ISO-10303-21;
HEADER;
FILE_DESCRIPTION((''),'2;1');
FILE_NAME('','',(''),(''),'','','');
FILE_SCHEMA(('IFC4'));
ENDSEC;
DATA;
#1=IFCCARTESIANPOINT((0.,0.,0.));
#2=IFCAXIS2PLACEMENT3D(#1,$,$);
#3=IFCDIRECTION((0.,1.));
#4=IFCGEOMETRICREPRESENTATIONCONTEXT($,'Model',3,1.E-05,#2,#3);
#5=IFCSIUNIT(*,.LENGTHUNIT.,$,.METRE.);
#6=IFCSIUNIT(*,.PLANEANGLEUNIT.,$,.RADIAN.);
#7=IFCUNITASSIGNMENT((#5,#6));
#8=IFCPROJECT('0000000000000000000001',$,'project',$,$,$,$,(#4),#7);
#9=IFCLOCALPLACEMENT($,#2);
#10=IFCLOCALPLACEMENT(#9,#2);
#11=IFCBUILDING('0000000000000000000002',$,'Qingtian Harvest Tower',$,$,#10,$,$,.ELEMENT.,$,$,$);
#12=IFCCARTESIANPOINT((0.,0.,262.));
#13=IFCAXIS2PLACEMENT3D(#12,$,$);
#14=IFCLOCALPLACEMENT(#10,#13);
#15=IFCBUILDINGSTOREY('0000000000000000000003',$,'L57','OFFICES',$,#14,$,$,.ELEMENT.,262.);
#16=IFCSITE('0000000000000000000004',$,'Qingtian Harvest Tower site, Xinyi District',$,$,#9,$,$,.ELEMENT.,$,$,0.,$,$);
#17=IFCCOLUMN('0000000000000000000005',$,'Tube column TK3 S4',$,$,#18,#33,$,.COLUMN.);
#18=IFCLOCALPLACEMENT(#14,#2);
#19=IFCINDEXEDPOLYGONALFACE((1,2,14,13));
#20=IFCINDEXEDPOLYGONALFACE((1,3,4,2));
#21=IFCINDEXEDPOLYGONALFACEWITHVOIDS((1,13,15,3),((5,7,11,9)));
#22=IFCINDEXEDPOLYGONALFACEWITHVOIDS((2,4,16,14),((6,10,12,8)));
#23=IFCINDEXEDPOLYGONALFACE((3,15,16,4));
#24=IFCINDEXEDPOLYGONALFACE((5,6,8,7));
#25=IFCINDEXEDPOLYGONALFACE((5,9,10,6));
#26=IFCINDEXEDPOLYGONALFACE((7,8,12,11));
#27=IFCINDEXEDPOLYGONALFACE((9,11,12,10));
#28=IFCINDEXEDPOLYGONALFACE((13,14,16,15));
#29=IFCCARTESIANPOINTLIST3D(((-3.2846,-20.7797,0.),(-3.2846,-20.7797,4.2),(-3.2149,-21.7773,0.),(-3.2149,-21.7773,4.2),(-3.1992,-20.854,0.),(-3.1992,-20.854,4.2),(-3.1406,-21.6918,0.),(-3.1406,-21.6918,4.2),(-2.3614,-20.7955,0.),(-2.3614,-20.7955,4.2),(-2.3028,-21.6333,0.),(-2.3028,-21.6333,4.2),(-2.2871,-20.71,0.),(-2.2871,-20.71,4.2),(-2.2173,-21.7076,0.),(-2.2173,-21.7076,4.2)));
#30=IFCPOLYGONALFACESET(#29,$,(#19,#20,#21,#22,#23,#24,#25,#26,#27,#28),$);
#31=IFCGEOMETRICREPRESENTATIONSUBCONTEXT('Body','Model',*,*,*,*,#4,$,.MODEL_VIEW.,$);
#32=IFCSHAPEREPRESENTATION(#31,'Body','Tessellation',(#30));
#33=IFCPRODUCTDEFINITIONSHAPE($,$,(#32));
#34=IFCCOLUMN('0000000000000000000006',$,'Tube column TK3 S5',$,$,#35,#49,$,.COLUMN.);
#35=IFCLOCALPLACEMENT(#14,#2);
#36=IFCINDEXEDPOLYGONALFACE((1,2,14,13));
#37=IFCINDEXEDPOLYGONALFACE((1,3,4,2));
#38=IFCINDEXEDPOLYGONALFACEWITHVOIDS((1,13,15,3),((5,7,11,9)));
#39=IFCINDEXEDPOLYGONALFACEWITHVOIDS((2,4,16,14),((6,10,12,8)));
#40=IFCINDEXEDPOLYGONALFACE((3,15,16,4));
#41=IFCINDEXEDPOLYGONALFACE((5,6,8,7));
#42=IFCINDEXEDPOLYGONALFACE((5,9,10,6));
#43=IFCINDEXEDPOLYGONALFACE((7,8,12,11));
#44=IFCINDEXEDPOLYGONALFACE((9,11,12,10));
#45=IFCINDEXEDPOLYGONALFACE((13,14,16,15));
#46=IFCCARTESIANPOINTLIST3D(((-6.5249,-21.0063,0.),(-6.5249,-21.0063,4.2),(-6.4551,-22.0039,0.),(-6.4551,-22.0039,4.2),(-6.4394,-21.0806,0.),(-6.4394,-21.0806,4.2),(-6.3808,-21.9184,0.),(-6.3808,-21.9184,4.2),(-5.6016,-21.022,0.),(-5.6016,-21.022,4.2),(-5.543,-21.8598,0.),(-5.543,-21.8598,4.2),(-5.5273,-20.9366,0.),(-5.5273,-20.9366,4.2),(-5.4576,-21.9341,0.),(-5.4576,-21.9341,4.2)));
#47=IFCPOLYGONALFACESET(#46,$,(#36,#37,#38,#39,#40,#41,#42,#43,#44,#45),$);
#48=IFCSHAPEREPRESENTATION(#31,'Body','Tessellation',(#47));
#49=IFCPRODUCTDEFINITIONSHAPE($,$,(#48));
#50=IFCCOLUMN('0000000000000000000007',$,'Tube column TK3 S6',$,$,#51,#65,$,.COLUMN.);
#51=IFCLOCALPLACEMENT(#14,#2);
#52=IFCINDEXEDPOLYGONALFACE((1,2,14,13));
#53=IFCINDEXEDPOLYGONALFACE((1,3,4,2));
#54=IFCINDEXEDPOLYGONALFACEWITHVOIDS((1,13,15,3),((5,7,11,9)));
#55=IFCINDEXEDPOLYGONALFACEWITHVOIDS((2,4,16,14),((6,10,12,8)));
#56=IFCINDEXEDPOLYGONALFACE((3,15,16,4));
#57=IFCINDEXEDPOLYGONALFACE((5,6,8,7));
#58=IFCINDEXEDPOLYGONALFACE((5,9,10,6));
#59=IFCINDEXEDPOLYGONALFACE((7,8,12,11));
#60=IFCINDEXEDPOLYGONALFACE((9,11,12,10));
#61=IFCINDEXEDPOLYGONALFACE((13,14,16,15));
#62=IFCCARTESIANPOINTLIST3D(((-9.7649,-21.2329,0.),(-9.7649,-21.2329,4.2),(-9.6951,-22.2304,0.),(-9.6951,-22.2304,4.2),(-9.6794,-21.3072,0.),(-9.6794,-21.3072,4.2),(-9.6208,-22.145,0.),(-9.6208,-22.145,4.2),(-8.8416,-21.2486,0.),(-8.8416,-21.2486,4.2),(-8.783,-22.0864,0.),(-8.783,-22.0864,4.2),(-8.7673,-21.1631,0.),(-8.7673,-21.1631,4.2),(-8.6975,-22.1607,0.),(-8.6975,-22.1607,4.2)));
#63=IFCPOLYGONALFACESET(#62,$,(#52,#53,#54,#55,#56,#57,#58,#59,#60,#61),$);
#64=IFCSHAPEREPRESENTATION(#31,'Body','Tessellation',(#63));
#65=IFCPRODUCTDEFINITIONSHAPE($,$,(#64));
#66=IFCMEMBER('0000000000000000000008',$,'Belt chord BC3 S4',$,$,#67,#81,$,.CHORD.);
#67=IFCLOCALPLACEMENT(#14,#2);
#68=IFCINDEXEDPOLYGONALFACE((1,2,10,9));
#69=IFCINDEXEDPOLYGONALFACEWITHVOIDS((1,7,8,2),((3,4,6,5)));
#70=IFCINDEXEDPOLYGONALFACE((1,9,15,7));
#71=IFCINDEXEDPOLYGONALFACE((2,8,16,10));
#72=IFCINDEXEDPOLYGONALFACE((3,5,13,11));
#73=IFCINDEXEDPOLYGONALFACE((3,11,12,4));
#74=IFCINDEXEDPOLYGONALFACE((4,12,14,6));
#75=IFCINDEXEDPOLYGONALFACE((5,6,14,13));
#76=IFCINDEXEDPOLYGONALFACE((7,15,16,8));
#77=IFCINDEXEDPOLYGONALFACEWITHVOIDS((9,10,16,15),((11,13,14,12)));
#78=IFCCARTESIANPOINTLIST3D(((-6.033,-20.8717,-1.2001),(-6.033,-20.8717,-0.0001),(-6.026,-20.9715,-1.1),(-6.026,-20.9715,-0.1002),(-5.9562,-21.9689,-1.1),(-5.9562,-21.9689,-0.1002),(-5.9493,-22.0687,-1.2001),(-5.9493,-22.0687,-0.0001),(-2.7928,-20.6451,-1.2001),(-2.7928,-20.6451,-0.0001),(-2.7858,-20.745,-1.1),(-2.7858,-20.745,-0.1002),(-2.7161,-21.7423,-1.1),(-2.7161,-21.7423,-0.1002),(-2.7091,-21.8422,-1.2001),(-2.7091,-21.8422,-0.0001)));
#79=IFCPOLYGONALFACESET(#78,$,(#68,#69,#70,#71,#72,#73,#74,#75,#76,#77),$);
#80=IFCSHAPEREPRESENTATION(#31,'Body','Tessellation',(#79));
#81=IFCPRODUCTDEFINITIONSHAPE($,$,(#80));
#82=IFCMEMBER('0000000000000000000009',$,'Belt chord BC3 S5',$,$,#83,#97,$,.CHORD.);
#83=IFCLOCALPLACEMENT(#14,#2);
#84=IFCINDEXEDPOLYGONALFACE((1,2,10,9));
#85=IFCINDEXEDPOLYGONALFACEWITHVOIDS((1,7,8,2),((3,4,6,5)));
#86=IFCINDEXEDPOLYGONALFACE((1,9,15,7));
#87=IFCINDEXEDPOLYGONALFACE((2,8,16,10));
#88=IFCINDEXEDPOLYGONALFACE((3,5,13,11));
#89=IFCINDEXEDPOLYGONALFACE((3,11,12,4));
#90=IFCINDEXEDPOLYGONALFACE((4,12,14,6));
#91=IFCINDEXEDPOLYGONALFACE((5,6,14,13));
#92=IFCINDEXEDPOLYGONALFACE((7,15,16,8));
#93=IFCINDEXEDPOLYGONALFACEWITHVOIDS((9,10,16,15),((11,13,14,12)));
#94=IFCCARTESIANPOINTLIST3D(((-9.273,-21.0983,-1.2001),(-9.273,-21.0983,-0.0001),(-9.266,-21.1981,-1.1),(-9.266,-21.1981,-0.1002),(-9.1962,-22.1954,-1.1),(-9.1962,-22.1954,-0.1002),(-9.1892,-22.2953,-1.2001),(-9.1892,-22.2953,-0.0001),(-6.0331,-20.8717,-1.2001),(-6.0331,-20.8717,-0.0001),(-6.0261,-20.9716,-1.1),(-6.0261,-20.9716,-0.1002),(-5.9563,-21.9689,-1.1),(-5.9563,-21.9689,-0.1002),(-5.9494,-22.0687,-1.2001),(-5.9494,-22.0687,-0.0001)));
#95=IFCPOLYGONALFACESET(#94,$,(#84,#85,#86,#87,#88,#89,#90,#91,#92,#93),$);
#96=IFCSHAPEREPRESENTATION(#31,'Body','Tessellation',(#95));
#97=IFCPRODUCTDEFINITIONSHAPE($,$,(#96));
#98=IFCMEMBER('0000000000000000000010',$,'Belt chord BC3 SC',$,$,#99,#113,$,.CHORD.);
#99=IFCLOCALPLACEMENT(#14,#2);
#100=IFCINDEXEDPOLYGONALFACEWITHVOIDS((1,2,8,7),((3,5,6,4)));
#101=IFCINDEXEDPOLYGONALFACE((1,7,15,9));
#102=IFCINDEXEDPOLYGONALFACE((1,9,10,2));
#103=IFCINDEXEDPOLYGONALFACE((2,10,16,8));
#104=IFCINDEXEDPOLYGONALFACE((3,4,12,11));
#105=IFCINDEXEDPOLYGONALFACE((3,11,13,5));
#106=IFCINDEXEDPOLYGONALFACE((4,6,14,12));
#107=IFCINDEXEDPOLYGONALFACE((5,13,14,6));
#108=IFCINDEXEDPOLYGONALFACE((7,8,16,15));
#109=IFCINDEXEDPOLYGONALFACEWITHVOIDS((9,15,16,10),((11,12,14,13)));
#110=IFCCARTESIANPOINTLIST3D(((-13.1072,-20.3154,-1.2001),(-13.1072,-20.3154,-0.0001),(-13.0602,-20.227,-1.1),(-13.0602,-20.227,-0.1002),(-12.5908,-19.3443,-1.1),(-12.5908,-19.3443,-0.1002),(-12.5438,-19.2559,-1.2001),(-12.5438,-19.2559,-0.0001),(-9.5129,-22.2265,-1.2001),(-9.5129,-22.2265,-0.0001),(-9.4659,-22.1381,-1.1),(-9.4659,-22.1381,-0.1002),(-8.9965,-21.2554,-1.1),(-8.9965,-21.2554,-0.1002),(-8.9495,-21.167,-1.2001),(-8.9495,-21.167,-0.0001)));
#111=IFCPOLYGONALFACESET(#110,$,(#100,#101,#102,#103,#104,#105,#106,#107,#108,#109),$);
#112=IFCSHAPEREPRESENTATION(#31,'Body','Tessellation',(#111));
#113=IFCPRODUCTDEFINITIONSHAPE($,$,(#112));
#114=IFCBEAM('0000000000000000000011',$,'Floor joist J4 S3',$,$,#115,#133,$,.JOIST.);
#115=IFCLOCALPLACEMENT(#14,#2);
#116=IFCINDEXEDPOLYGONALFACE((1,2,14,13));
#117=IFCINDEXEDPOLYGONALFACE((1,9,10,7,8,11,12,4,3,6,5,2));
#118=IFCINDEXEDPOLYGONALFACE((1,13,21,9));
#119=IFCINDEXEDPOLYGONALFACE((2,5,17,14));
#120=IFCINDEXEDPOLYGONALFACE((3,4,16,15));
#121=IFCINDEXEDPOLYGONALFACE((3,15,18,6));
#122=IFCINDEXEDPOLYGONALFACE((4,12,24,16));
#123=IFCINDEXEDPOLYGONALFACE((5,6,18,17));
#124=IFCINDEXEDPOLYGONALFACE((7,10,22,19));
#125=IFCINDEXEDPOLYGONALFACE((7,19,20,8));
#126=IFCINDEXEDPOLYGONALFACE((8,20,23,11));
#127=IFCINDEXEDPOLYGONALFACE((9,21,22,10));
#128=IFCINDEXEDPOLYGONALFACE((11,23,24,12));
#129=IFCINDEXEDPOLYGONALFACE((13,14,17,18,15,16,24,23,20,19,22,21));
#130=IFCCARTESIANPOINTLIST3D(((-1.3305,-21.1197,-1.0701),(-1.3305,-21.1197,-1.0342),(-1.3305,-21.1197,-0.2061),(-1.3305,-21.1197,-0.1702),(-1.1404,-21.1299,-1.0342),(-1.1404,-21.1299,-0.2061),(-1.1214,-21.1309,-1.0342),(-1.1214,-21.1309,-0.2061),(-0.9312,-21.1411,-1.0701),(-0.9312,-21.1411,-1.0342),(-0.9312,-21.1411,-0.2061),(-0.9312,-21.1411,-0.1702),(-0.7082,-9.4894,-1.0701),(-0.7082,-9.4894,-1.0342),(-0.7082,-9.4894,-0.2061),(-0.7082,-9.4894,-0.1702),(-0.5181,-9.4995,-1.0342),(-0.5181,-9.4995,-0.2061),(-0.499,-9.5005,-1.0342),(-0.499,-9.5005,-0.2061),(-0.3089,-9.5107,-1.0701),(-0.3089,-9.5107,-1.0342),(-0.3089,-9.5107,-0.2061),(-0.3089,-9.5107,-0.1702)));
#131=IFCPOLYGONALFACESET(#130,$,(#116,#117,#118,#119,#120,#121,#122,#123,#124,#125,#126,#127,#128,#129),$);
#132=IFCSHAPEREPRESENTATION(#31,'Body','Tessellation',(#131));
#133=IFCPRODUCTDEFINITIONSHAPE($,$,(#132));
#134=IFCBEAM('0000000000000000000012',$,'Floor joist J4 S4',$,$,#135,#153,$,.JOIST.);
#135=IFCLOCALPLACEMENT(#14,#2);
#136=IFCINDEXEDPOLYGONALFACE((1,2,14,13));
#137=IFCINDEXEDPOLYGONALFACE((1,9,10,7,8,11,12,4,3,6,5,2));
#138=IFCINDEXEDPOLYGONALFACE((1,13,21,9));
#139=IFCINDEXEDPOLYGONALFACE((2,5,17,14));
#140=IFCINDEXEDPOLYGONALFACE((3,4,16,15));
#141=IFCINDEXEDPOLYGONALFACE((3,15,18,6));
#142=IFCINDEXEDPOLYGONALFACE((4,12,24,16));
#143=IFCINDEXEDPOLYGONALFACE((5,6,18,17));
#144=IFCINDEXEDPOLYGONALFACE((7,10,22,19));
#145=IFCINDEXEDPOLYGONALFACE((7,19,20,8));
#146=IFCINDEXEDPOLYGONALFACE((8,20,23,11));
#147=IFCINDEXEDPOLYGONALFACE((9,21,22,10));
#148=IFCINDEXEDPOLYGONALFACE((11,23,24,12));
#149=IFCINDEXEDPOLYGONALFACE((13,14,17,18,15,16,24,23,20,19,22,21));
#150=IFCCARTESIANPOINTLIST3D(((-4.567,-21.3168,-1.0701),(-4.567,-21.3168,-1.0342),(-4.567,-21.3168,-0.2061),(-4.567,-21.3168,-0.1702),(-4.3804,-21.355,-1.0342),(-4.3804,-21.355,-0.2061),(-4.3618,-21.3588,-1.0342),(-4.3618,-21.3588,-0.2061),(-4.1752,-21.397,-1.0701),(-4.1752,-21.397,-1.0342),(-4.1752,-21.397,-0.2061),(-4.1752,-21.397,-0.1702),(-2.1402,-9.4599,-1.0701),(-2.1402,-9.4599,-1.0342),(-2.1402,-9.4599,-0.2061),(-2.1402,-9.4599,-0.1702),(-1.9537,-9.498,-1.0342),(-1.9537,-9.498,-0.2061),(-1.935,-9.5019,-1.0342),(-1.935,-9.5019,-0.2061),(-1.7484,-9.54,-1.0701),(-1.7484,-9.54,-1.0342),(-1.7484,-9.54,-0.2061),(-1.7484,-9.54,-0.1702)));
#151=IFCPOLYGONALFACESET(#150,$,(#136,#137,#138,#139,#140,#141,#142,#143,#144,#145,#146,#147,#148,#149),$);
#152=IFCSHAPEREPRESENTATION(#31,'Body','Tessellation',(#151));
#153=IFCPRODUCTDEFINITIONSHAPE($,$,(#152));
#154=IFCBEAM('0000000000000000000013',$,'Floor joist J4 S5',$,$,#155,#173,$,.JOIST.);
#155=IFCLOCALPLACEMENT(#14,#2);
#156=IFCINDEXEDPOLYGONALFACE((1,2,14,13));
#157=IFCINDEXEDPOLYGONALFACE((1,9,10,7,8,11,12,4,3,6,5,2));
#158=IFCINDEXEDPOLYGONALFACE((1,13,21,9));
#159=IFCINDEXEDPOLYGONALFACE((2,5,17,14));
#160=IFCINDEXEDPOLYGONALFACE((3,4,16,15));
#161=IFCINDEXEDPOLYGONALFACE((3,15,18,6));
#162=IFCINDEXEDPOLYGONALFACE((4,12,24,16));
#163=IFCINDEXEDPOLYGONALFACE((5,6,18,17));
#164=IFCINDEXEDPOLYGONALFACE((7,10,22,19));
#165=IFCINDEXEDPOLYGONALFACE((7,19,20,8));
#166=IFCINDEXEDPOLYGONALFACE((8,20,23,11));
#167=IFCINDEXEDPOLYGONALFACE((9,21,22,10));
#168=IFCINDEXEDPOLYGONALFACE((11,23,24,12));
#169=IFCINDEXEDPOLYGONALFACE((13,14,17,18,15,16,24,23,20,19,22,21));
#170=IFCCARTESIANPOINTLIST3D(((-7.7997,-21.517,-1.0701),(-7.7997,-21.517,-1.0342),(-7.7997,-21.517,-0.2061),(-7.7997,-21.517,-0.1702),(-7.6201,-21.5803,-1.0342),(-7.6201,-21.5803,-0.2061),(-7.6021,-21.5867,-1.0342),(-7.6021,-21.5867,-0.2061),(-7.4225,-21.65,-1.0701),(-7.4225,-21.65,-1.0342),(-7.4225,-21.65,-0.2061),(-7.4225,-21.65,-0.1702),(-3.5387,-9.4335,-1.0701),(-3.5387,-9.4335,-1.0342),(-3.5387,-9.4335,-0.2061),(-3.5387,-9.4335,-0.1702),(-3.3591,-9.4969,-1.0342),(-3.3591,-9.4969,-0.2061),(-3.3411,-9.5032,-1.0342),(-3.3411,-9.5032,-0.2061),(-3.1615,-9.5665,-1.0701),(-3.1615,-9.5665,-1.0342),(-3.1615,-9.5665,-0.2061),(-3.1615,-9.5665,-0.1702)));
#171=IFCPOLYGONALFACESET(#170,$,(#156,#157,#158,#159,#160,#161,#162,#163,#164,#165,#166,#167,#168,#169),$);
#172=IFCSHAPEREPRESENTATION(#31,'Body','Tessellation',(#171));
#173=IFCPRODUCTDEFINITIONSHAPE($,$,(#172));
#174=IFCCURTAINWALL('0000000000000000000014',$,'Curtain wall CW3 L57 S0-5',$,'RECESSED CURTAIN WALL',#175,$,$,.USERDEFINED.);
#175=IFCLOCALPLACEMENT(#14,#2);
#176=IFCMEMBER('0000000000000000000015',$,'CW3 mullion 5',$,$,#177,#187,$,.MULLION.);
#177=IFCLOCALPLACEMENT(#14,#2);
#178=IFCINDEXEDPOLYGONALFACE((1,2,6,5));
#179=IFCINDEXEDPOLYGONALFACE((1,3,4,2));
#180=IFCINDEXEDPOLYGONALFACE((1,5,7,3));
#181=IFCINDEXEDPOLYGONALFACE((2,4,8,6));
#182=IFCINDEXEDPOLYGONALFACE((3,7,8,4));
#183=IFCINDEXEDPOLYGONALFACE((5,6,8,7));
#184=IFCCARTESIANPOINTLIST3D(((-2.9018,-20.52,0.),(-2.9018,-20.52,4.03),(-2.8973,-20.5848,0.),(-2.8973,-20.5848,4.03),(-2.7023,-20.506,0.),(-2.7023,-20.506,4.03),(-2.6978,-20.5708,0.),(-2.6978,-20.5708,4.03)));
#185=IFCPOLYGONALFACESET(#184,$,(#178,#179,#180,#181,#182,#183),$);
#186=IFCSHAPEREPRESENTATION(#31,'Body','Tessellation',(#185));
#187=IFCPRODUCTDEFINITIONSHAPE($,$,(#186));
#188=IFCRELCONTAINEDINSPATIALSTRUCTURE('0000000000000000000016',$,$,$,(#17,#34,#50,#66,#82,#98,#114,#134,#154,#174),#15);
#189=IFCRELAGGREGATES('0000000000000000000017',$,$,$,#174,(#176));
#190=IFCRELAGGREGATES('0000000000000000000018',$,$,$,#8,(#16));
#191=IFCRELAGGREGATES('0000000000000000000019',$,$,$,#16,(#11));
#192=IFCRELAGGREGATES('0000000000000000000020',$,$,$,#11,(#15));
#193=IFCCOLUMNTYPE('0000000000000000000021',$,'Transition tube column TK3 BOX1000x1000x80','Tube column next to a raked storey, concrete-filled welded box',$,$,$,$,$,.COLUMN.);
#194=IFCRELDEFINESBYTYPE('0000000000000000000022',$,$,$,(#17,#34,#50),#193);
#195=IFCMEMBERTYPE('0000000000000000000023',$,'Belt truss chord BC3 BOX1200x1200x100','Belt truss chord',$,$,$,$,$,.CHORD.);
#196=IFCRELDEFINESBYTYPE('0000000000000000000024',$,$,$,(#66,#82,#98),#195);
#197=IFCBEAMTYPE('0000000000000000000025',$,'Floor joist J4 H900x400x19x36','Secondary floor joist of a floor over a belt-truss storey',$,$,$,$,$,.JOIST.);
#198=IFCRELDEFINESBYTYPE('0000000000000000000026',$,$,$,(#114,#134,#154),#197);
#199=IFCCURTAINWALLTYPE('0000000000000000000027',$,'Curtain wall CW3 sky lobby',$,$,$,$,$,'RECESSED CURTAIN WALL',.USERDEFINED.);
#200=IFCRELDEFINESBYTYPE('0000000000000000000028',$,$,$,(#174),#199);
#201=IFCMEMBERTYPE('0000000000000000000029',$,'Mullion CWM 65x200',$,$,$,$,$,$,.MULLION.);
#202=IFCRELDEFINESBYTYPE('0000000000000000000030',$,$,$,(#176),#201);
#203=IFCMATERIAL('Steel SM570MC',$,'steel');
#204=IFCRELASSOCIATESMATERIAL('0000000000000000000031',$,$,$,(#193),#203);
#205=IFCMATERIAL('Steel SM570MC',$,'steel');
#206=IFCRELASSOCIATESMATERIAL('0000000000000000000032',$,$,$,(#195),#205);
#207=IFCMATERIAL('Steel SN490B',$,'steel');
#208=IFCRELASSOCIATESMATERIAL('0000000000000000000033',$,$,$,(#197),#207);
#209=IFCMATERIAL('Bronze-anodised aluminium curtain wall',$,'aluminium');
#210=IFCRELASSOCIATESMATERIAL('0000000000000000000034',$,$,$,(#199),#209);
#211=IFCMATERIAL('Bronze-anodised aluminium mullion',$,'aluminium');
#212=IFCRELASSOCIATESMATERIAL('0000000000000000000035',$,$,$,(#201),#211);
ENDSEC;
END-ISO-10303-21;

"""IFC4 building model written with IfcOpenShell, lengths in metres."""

from ifc_helpers import new_model, si_unit, direction, frame, origin, origin_2d, place, context, subcontext, project, spatial, rectangle, hollow_rectangle, i_section, extrude, material, material_profile, profile_set, type_object, element, aggregate, save


model = new_model("IFC4")

# Units and contexts
model_context = context("Model", 3, precision=1e-05, world=origin(), true_north=direction((0.0, 1.0)))
body_context = subcontext(model_context, "Body", "Model", "MODEL_VIEW")
ifc_project = project(units=[si_unit("LENGTHUNIT", "METRE"), si_unit("PLANEANGLEUNIT", "RADIAN")], contexts=[model_context])

# Site, building, storey
site_placement = place(None, origin())
site = spatial("IfcSite", under=ifc_project, at=site_placement, Name="Qingtian Harvest Tower site, Xinyi District", CompositionType="ELEMENT", RefElevation=0.0)
building_placement = place(site_placement, origin())
building = spatial("IfcBuilding", under=site, at=building_placement, Name="Qingtian Harvest Tower", CompositionType="ELEMENT")
storey_placement = place(building_placement, frame((0.0, 0.0, 262.0)))
storey = spatial("IfcBuildingStorey", under=building, at=storey_placement, Name="L57", Description="OFFICES", CompositionType="ELEMENT", Elevation=262.0)

# Columns
ifc_material_1 = material(Name="Steel SM570MC", Category="steel")
ifc_material_profile_1 = material_profile(ifc_material_1, hollow_rectangle(XDim=1.0, YDim=1.0, WallThickness=0.0801, at=origin_2d()), Name="BOX1000x1000x80")
ifc_profile_set_1 = profile_set([ifc_material_profile_1], Name="Steel SM570MC")
column_type = type_object("IfcColumnType", Name="Transition tube column TK3 BOX1000x1000x80", Description="Tube column next to a raked storey, concrete-filled welded box", PredefinedType="COLUMN", material=ifc_profile_set_1)
for number, where, z_axis, x_axis, name in (
    (1, (-2.751, -21.2437, 0.0), (0.0, 0.0, 1.0), (0.997564, 0.069756, 0.0), "Tube column TK3 S4"),
    (2, (-5.9912, -21.4702, 0.0), (0.0, 0.0, 1.0), (0.997564, 0.069756, 0.0), "Tube column TK3 S5"),
    (3, (-9.2312, -21.6968, 0.0), (0.0, 0.0, 1.0), (0.997564, 0.069756, 0.0), "Tube column TK3 S6"),
):
    element("IfcColumn", number, at=place(storey_placement, frame(where, z_axis=z_axis, x_axis=x_axis)), inside=storey, type_object=column_type, Name=name, PredefinedType="COLUMN", context=body_context, shape_type="SweptSolid", body=[
        extrude(hollow_rectangle(XDim=1.0, YDim=1.0, WallThickness=0.0801, at=origin_2d()), origin(), (0.0, 0.0, 1.0), 4.2),
    ])

# Members
ifc_material_2 = material(Name="Steel SM570MC", Category="steel")
ifc_material_profile_2 = material_profile(ifc_material_2, hollow_rectangle(XDim=1.2, YDim=1.2, WallThickness=0.1001, at=origin_2d()), Name="BOX1200x1200x100")
ifc_profile_set_2 = profile_set([ifc_material_profile_2], Name="Steel SM570MC")
member_type_1 = type_object("IfcMemberType", Name="Belt truss chord BC3 BOX1200x1200x100", Description="Belt truss chord", PredefinedType="CHORD", material=ifc_profile_set_2)
member_1_placement = place(storey_placement, frame((-2.751, -21.2437, -0.6001), z_axis=(-0.997564, -0.069751, 0.0), x_axis=(0.069751, -0.997564, 0.0)))
element("IfcMember", 4, at=member_1_placement, inside=storey, type_object=member_type_1, Name="Belt chord BC3 S4", PredefinedType="CHORD", context=body_context, shape_type="SweptSolid", body=[
    extrude(hollow_rectangle(XDim=1.2, YDim=1.2, WallThickness=0.1001, at=origin_2d()), origin(), (0.0, 0.0, 1.0), 3.248),
])
member_2_placement = place(storey_placement, frame((-5.9912, -21.4702, -0.6001), z_axis=(-0.997564, -0.069757, 0.0), x_axis=(0.069757, -0.997564, 0.0)))
element("IfcMember", 5, at=member_2_placement, inside=storey, type_object=member_type_1, Name="Belt chord BC3 S5", PredefinedType="CHORD", context=body_context, shape_type="SweptSolid", body=[
    extrude(hollow_rectangle(XDim=1.2, YDim=1.2, WallThickness=0.1001, at=origin_2d()), origin(), (0.0, 0.0, 1.0), 3.2478),
])
member_3_placement = place(storey_placement, frame((-9.2312, -21.6968, -0.6001), z_axis=(-0.882943, 0.46948, 0.0), x_axis=(-0.46948, -0.882943, 0.0)))
element("IfcMember", 6, at=member_3_placement, inside=storey, type_object=member_type_1, Name="Belt chord BC3 SC", PredefinedType="CHORD", context=body_context, shape_type="SweptSolid", body=[
    extrude(hollow_rectangle(XDim=1.2, YDim=1.2, WallThickness=0.1001, at=origin_2d()), origin(), (0.0, 0.0, 1.0), 4.0708),
])

# Beams
ifc_material_3 = material(Name="Steel SN490B", Category="steel")
ifc_material_profile_3 = material_profile(ifc_material_3, i_section(OverallWidth=0.3999, OverallDepth=0.8999, WebThickness=0.019, FlangeThickness=0.0359, at=origin_2d()), Name="H900x400x19x36")
ifc_profile_set_3 = profile_set([ifc_material_profile_3], Name="Steel SN490B")
beam_type_1 = type_object("IfcBeamType", Name="Floor joist J4 H900x400x19x36", Description="Secondary floor joist of a floor over a belt-truss storey", PredefinedType="JOIST", material=ifc_profile_set_3)
beam_1_placement = place(storey_placement, frame((-1.1309, -21.1304, -0.6201), z_axis=(0.053431, 0.998572, 0.0), x_axis=(-0.998572, 0.053431, 0.0)))
element("IfcBeam", 7, at=beam_1_placement, inside=storey, type_object=beam_type_1, Name="Floor joist J4 S3", PredefinedType="JOIST", context=body_context, shape_type="SweptSolid", body=[
    extrude(i_section(OverallWidth=0.3999, OverallDepth=0.8999, WebThickness=0.019, FlangeThickness=0.0359, at=origin_2d()), origin(), (0.0, 0.0, 1.0), 11.647),
])
beam_2_placement = place(storey_placement, frame((-4.3711, -21.3569, -0.6201), z_axis=(0.200513, 0.979691, 0.0), x_axis=(-0.979691, 0.200513, 0.0)))
element("IfcBeam", 8, at=beam_2_placement, inside=storey, type_object=beam_type_1, Name="Floor joist J4 S4", PredefinedType="JOIST", context=body_context, shape_type="SweptSolid", body=[
    extrude(i_section(OverallWidth=0.3999, OverallDepth=0.8999, WebThickness=0.019, FlangeThickness=0.0359, at=origin_2d()), origin(), (0.0, 0.0, 1.0), 12.1028),
])
beam_3_placement = place(storey_placement, frame((-7.6111, -21.5835, -0.6201), z_axis=(0.332558, 0.943083, 0.0), x_axis=(-0.943083, 0.332558, 0.0)))
element("IfcBeam", 9, at=beam_3_placement, inside=storey, type_object=beam_type_1, Name="Floor joist J4 S5", PredefinedType="JOIST", context=body_context, shape_type="SweptSolid", body=[
    extrude(i_section(OverallWidth=0.3999, OverallDepth=0.8999, WebThickness=0.019, FlangeThickness=0.0359, at=origin_2d()), origin(), (0.0, 0.0, 1.0), 12.8127),
])

# Curtain wall, member
ifc_material_4 = material(Name="Bronze-anodised aluminium curtain wall", Category="aluminium")
curtain_wall_type = type_object("IfcCurtainWallType", Name="Curtain wall CW3 sky lobby", ElementType="RECESSED CURTAIN WALL", PredefinedType="USERDEFINED", material=ifc_material_4)
curtain_wall_1_placement = place(storey_placement, origin())
curtain_wall_1 = element("IfcCurtainWall", 10, at=curtain_wall_1_placement, inside=storey, type_object=curtain_wall_type, Name="Curtain wall CW3 L57 S0-5", ObjectType="RECESSED CURTAIN WALL", PredefinedType="USERDEFINED")
ifc_material_5 = material(Name="Bronze-anodised aluminium mullion", Category="aluminium")
ifc_material_profile_4 = material_profile(ifc_material_5, rectangle(XDim=0.0649, YDim=0.2, at=origin_2d()), Name="AL 65x200")
ifc_profile_set_4 = profile_set([ifc_material_profile_4], Name="Bronze-anodised aluminium mullion")
member_type_2 = type_object("IfcMemberType", Name="Mullion CWM 65x200", PredefinedType="MULLION", material=ifc_profile_set_4)
member_4_placement = place(storey_placement, frame((-2.7998, -20.5454, 0.0), z_axis=(0.0, 0.0, 1.0), x_axis=(0.069756, -0.997564, 0.0)))
member_4 = element("IfcMember", 11, at=member_4_placement, type_object=member_type_2, Name="CW3 mullion 5", PredefinedType="MULLION", context=body_context, shape_type="SweptSolid", body=[
    extrude(rectangle(XDim=0.0649, YDim=0.2, at=origin_2d()), origin(), (0.0, 0.0, 1.0), 4.03),
])

aggregate(curtain_wall_1, [member_4])

save(model, "model.ifc")
